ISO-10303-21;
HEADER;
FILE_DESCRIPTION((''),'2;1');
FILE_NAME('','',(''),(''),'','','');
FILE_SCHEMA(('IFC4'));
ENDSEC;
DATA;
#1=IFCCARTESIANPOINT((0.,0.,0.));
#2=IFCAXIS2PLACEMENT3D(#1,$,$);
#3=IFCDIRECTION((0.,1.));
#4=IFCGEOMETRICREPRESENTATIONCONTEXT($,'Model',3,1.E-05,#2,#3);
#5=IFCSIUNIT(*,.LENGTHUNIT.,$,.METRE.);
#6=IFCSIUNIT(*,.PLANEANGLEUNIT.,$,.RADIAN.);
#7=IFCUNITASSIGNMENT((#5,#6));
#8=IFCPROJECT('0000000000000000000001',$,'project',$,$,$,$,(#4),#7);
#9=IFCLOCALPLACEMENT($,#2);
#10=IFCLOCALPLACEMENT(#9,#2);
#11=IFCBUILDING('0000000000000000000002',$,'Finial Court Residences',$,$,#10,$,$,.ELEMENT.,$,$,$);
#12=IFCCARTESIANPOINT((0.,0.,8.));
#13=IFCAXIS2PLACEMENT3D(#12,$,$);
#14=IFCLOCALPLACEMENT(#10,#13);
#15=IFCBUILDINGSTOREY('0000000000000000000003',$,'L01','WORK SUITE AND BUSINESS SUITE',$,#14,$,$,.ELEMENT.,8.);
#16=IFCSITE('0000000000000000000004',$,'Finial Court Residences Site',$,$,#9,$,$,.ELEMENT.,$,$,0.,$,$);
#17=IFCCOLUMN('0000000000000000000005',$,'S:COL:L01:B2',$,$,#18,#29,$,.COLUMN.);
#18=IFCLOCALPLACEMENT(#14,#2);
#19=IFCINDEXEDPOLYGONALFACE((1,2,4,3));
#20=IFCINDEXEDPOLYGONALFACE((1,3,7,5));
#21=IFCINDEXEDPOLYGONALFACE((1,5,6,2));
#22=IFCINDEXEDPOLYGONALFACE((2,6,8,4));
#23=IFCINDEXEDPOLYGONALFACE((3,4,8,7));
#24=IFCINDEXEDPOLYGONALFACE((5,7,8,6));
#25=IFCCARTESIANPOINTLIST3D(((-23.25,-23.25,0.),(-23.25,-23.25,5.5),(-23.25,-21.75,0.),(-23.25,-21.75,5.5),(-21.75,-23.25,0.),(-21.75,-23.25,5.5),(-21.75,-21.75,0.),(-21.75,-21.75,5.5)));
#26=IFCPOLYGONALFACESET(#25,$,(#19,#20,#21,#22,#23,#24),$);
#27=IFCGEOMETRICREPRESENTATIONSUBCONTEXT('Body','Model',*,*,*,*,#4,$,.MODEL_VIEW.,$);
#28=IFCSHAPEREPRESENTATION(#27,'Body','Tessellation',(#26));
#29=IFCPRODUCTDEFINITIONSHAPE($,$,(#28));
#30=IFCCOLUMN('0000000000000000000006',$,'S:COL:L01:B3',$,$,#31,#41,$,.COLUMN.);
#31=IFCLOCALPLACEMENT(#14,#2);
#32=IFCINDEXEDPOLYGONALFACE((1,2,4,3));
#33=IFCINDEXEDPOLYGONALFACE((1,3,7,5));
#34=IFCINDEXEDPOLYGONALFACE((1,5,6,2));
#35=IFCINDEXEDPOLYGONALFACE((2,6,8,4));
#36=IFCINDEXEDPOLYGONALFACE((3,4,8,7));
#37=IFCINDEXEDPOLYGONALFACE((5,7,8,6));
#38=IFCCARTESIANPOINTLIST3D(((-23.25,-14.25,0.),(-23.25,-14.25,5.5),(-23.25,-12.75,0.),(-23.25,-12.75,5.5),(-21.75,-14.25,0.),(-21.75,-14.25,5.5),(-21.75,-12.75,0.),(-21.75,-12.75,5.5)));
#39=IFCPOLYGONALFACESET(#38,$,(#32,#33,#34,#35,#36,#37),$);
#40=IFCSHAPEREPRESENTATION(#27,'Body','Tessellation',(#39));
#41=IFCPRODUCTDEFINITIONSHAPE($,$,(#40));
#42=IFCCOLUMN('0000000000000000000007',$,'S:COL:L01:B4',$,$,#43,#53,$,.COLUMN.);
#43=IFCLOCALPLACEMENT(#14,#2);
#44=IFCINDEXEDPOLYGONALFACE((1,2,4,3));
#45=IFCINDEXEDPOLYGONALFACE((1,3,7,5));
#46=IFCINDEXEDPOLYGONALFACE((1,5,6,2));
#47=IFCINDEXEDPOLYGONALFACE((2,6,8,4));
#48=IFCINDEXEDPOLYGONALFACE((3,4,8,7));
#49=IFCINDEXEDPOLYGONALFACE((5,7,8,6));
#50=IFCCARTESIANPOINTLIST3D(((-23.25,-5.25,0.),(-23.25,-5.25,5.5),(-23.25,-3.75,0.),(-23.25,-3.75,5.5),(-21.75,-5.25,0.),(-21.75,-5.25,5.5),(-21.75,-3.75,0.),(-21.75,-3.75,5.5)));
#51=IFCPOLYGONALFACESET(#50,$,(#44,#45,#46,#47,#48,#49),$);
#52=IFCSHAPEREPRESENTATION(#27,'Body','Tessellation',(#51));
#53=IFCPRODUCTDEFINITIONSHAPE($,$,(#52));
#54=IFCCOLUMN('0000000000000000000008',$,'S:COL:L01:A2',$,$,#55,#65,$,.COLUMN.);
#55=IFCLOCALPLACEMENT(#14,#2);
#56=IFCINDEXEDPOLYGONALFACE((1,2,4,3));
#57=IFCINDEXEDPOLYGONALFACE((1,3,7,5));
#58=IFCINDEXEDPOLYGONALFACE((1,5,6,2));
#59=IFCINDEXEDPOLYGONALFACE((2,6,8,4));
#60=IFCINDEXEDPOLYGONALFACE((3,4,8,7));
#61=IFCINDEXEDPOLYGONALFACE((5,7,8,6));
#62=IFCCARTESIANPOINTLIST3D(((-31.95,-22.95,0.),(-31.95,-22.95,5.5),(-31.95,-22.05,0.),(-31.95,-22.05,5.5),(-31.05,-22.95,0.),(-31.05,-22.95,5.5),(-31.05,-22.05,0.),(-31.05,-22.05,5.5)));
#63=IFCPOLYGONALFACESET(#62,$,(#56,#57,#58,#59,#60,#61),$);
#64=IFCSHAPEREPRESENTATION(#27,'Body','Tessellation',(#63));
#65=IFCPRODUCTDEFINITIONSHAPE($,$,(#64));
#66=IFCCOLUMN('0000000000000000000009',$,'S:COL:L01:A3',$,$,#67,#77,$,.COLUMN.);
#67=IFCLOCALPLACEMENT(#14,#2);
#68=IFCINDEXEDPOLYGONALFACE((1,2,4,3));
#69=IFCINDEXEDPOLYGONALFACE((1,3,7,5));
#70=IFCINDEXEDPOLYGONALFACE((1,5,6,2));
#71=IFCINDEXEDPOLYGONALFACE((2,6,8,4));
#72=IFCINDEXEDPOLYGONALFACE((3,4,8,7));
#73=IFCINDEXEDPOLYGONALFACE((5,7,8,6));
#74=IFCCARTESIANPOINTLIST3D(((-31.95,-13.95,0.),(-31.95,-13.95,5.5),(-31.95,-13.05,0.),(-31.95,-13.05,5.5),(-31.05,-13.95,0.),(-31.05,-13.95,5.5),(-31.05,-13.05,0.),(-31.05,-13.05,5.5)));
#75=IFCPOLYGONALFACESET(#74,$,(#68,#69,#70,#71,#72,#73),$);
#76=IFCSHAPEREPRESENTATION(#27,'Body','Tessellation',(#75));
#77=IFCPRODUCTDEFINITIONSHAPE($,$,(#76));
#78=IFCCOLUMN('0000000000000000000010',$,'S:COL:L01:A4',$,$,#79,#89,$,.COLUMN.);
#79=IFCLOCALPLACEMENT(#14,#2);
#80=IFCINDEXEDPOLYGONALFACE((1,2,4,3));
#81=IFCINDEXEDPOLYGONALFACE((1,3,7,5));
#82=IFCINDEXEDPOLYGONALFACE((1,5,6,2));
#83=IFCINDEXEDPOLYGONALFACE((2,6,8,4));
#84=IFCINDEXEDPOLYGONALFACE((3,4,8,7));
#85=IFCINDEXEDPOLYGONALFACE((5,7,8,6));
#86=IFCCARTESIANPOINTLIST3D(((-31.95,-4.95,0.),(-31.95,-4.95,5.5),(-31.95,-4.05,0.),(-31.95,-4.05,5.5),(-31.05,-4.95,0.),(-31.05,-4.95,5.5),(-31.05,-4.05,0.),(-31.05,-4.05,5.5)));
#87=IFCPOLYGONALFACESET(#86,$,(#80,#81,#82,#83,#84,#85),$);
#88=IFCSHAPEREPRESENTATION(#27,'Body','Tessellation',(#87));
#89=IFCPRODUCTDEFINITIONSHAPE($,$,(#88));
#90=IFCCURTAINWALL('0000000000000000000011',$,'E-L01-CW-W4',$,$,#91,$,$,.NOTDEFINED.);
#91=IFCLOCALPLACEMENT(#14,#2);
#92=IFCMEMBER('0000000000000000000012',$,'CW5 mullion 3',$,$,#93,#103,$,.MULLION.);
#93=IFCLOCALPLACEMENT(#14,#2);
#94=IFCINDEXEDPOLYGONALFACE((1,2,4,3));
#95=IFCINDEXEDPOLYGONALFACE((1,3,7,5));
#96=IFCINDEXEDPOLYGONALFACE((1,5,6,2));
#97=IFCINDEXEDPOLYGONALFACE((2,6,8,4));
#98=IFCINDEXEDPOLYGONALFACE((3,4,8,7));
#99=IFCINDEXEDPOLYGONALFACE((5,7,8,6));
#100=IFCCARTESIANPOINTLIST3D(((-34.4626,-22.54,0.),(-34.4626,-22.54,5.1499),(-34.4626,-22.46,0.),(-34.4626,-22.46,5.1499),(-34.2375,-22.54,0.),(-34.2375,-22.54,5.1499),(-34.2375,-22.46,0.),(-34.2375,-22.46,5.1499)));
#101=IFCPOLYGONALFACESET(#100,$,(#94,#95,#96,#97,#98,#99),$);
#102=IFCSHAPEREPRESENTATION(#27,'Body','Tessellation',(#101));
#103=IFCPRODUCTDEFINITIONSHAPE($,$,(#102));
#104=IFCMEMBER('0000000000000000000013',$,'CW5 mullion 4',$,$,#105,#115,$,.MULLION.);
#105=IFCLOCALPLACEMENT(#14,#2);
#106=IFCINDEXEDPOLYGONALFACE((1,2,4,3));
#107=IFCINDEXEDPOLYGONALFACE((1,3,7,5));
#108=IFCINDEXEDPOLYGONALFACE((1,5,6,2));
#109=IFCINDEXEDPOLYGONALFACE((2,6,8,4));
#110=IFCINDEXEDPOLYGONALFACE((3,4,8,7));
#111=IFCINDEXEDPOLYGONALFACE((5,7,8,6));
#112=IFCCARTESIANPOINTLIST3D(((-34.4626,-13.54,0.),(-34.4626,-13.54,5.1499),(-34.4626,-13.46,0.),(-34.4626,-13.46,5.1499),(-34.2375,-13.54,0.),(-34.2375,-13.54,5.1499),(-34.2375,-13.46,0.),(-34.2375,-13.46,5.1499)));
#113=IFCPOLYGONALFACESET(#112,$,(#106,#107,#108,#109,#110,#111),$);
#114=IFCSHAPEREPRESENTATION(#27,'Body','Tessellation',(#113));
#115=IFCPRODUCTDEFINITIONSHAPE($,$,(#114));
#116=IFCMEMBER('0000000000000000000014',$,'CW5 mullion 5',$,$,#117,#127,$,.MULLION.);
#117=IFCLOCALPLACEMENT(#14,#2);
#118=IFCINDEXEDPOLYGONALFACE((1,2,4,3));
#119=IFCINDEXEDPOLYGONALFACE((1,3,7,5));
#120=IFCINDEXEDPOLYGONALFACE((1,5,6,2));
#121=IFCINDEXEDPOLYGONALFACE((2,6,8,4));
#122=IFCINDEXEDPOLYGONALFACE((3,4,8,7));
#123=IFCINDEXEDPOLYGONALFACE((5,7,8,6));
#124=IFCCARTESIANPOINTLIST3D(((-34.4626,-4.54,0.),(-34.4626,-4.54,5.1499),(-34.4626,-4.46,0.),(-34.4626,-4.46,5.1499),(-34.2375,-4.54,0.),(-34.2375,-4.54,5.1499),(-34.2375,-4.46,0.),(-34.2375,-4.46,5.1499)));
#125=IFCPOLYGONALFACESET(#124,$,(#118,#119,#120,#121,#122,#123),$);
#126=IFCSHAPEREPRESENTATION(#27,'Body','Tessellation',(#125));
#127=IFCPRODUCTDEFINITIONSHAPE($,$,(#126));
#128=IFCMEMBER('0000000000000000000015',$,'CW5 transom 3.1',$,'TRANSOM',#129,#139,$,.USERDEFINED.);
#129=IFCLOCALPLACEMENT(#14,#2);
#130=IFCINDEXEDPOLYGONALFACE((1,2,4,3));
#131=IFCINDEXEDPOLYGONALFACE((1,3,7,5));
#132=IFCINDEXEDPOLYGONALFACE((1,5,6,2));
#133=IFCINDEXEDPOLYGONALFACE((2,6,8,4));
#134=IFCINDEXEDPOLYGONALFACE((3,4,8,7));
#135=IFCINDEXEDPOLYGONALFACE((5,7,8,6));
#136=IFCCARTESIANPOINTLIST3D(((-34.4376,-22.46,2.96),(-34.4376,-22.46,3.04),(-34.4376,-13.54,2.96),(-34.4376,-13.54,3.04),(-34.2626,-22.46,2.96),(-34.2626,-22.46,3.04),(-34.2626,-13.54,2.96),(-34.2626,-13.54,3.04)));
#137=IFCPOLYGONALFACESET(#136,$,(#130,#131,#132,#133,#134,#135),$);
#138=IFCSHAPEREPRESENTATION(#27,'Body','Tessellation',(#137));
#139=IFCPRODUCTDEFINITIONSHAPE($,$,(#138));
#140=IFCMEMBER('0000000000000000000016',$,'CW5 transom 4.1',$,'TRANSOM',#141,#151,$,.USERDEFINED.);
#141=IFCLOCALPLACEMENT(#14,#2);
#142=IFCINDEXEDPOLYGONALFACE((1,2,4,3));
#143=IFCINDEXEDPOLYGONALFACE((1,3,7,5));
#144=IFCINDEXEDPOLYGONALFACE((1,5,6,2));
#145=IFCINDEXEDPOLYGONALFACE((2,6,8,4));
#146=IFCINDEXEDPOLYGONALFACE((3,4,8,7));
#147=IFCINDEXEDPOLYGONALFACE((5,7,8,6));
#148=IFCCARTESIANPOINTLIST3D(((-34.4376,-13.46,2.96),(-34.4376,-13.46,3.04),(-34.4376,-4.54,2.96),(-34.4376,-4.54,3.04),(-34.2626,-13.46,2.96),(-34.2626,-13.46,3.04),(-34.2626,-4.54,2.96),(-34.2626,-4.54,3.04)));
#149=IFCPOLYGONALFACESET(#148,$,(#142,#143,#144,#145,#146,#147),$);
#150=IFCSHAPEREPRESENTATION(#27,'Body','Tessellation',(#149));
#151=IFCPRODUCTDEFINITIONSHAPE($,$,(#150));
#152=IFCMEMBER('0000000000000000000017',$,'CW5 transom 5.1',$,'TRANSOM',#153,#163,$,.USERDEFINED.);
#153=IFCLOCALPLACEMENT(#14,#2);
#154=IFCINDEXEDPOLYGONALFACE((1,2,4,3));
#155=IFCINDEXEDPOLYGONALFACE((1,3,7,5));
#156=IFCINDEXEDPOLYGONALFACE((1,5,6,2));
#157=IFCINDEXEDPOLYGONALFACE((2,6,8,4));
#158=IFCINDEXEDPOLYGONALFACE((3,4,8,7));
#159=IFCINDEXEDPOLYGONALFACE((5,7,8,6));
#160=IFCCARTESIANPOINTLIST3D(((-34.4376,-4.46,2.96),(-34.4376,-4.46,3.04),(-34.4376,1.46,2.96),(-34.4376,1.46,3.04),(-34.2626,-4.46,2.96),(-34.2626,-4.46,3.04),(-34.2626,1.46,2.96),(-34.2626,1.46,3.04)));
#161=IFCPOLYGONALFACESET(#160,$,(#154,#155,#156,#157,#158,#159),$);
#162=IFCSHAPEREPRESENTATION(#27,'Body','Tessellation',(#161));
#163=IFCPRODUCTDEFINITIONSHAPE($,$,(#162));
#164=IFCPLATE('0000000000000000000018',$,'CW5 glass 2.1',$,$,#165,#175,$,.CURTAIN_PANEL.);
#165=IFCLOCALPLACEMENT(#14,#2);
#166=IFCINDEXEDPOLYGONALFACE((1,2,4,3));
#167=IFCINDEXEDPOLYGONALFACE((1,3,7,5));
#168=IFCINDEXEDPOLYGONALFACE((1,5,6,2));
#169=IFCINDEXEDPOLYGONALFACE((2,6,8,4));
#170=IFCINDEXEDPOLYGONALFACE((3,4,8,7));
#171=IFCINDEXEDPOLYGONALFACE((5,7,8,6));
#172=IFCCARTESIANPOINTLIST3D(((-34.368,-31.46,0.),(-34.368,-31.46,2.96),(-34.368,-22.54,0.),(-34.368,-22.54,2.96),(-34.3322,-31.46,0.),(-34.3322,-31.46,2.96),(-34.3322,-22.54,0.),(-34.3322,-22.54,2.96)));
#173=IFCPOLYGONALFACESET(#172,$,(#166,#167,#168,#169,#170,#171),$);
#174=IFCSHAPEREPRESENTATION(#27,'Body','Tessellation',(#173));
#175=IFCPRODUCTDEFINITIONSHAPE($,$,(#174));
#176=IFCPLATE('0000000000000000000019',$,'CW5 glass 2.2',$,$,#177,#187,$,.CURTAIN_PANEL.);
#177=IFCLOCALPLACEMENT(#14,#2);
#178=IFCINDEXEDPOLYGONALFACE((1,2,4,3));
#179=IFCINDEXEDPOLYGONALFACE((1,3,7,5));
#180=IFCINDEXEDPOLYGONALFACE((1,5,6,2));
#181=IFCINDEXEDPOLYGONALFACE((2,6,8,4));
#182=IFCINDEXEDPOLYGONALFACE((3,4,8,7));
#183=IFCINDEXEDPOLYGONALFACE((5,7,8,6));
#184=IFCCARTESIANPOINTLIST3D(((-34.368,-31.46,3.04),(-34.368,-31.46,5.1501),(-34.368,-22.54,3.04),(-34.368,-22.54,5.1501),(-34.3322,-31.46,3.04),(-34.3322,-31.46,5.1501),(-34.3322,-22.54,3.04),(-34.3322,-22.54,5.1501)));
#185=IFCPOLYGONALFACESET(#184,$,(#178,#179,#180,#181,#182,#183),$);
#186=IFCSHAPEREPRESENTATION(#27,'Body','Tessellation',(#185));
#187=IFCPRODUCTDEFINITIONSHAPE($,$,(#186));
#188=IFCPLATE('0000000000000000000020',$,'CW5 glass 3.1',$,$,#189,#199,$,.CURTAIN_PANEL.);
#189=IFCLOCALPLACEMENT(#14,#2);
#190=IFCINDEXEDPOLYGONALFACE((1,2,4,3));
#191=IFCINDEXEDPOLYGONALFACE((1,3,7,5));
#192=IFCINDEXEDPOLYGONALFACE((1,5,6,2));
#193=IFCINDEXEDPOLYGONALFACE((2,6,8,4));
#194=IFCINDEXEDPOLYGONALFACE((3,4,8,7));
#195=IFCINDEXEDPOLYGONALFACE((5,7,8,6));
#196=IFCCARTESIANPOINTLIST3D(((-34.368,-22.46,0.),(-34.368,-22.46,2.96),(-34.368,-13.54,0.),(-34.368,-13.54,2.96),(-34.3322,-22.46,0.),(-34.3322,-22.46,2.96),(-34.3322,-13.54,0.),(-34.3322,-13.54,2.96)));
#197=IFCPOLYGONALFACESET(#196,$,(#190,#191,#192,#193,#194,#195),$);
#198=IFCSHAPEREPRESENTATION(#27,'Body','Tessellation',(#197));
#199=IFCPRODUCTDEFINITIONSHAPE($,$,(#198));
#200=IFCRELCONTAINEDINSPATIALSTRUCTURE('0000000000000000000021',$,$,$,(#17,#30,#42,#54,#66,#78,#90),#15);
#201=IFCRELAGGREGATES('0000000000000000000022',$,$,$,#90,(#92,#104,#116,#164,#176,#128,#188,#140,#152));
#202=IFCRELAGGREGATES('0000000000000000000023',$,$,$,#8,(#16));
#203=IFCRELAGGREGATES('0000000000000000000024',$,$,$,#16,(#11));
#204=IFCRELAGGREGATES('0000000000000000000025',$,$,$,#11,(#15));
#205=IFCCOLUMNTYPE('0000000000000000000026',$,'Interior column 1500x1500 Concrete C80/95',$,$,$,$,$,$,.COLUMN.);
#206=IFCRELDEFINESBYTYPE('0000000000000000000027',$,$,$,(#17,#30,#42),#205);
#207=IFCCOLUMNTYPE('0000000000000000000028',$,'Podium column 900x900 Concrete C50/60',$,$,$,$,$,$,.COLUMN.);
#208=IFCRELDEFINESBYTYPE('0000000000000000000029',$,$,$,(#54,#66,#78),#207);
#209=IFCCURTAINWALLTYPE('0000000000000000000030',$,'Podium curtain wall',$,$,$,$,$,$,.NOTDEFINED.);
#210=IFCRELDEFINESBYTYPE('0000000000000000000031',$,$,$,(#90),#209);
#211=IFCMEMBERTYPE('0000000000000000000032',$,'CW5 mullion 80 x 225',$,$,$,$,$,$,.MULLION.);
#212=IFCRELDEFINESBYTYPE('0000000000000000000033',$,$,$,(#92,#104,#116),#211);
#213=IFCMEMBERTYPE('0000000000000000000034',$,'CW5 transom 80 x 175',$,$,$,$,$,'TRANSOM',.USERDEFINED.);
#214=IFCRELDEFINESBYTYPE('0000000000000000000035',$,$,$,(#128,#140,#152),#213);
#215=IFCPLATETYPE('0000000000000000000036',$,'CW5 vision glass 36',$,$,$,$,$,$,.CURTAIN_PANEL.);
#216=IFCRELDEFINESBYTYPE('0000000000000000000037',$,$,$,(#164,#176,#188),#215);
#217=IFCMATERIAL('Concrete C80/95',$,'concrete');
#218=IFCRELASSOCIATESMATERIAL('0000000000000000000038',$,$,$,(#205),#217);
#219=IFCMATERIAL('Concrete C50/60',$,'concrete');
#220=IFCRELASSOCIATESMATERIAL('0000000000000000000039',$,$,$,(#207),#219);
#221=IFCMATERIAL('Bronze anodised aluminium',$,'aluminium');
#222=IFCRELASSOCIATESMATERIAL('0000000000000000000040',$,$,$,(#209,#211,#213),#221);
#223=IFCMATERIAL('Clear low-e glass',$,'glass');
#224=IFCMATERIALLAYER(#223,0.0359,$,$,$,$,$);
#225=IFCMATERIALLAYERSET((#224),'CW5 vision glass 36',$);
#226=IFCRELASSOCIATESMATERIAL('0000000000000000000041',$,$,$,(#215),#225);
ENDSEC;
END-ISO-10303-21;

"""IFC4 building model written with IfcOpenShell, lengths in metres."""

from ifc_helpers import new_model, si_unit, direction, frame, origin, origin_2d, place, context, subcontext, project, spatial, rectangle, extrude, material, layer, layer_set, material_profile, profile_set, type_object, element, aggregate, save


model = new_model("IFC4")

# Units and contexts
model_context = context("Model", 3, precision=1e-05, world=origin(), true_north=direction((0.0, 1.0)))
body_context = subcontext(model_context, "Body", "Model", "MODEL_VIEW")
ifc_project = project(units=[si_unit("LENGTHUNIT", "METRE"), si_unit("PLANEANGLEUNIT", "RADIAN")], contexts=[model_context])

# Site, building, storey
site_placement = place(None, origin())
site = spatial("IfcSite", under=ifc_project, at=site_placement, Name="Finial Court Residences Site", CompositionType="ELEMENT", RefElevation=0.0)
building_placement = place(site_placement, origin())
building = spatial("IfcBuilding", under=site, at=building_placement, Name="Finial Court Residences", CompositionType="ELEMENT")
storey_placement = place(building_placement, frame((0.0, 0.0, 8.0)))
storey = spatial("IfcBuildingStorey", under=building, at=storey_placement, Name="L01", Description="WORK SUITE AND BUSINESS SUITE", CompositionType="ELEMENT", Elevation=8.0)

# Columns
ifc_material_1 = material(Name="Concrete C80/95", Category="concrete")
ifc_material_profile_1 = material_profile(ifc_material_1, rectangle(XDim=1.5, YDim=1.5, at=origin_2d()), Name="1500x1500")
ifc_profile_set_1 = profile_set([ifc_material_profile_1], Name="Concrete C80/95")
column_type_1 = type_object("IfcColumnType", Name="Interior column 1500x1500 Concrete C80/95", PredefinedType="COLUMN", material=ifc_profile_set_1)
for number, where, z_axis, x_axis, name in (
    (1, (-22.5, -22.5, 0.0), (0.0, 0.0, 1.0), (1.0, 0.0, 0.0), "S:COL:L01:B2"),
    (2, (-22.5, -13.5, 0.0), (0.0, 0.0, 1.0), (1.0, 0.0, 0.0), "S:COL:L01:B3"),
    (3, (-22.5, -4.5, 0.0), (0.0, 0.0, 1.0), (1.0, 0.0, 0.0), "S:COL:L01:B4"),
):
    element("IfcColumn", number, at=place(storey_placement, frame(where, z_axis=z_axis, x_axis=x_axis)), inside=storey, type_object=column_type_1, Name=name, PredefinedType="COLUMN", context=body_context, shape_type="SweptSolid", body=[
        extrude(rectangle(XDim=1.5, YDim=1.5, at=origin_2d()), origin(), (0.0, 0.0, 1.0), 5.5),
    ])
ifc_material_2 = material(Name="Concrete C50/60", Category="concrete")
ifc_material_profile_2 = material_profile(ifc_material_2, rectangle(XDim=0.8999, YDim=0.8999, at=origin_2d()), Name="900x900")
ifc_profile_set_2 = profile_set([ifc_material_profile_2], Name="Concrete C50/60")
column_type_2 = type_object("IfcColumnType", Name="Podium column 900x900 Concrete C50/60", PredefinedType="COLUMN", material=ifc_profile_set_2)
for number, where, z_axis, x_axis, name in (
    (4, (-31.5, -22.5, 0.0), (0.0, 0.0, 1.0), (1.0, 0.0, 0.0), "S:COL:L01:A2"),
    (5, (-31.5, -13.5, 0.0), (0.0, 0.0, 1.0), (1.0, 0.0, 0.0), "S:COL:L01:A3"),
    (6, (-31.5, -4.5, 0.0), (0.0, 0.0, 1.0), (1.0, 0.0, 0.0), "S:COL:L01:A4"),
):
    element("IfcColumn", number, at=place(storey_placement, frame(where, z_axis=z_axis, x_axis=x_axis)), inside=storey, type_object=column_type_2, Name=name, PredefinedType="COLUMN", context=body_context, shape_type="SweptSolid", body=[
        extrude(rectangle(XDim=0.8999, YDim=0.8999, at=origin_2d()), origin(), (0.0, 0.0, 1.0), 5.5),
    ])

# Curtain wall, members, plates
ifc_material_3 = material(Name="Bronze anodised aluminium", Category="aluminium")
curtain_wall_type = type_object("IfcCurtainWallType", Name="Podium curtain wall", PredefinedType="NOTDEFINED", material=ifc_material_3)
curtain_wall_placement = place(storey_placement, origin())
curtain_wall = element("IfcCurtainWall", 7, at=curtain_wall_placement, inside=storey, type_object=curtain_wall_type, Name="E-L01-CW-W4", PredefinedType="NOTDEFINED")
ifc_material_profile_3 = material_profile(ifc_material_3, rectangle(XDim=0.2251, YDim=0.0801, at=origin_2d()), Name="CW5 mullion 80 x 225")
ifc_profile_set_3 = profile_set([ifc_material_profile_3], Name="Bronze anodised aluminium")
member_type_1 = type_object("IfcMemberType", Name="CW5 mullion 80 x 225", PredefinedType="MULLION", material=ifc_profile_set_3)
member_1_placement = place(storey_placement, frame((-34.3501, -22.5, 0.0), z_axis=(0.0, 0.0, 1.0), x_axis=(-1.0, 0.0, 0.0)))
member_1 = element("IfcMember", 8, at=member_1_placement, type_object=member_type_1, Name="CW5 mullion 3", PredefinedType="MULLION", context=body_context, shape_type="SweptSolid", body=[
    extrude(rectangle(XDim=0.2251, YDim=0.0801, at=origin_2d()), origin(), (0.0, 0.0, 1.0), 5.1499),
])
member_2_placement = place(storey_placement, frame((-34.3501, -13.5, 0.0), z_axis=(0.0, 0.0, 1.0), x_axis=(-1.0, 0.0, 0.0)))
member_2 = element("IfcMember", 9, at=member_2_placement, type_object=member_type_1, Name="CW5 mullion 4", PredefinedType="MULLION", context=body_context, shape_type="SweptSolid", body=[
    extrude(rectangle(XDim=0.2251, YDim=0.0801, at=origin_2d()), origin(), (0.0, 0.0, 1.0), 5.1499),
])
member_3_placement = place(storey_placement, frame((-34.3501, -4.5, 0.0), z_axis=(0.0, 0.0, 1.0), x_axis=(-1.0, 0.0, 0.0)))
member_3 = element("IfcMember", 10, at=member_3_placement, type_object=member_type_1, Name="CW5 mullion 5", PredefinedType="MULLION", context=body_context, shape_type="SweptSolid", body=[
    extrude(rectangle(XDim=0.2251, YDim=0.0801, at=origin_2d()), origin(), (0.0, 0.0, 1.0), 5.1499),
])
ifc_material_profile_4 = material_profile(ifc_material_3, rectangle(XDim=0.175, YDim=0.0801, at=origin_2d()), Name="CW5 transom 80 x 175")
ifc_profile_set_4 = profile_set([ifc_material_profile_4], Name="Bronze anodised aluminium")
member_type_2 = type_object("IfcMemberType", Name="CW5 transom 80 x 175", ElementType="TRANSOM", PredefinedType="USERDEFINED", material=ifc_profile_set_4)
member_4_placement = place(storey_placement, frame((-34.3501, -22.46, 3.0), z_axis=(0.0, 1.0, 0.0), x_axis=(-1.0, 0.0, 0.0)))
member_4 = element("IfcMember", 11, at=member_4_placement, type_object=member_type_2, Name="CW5 transom 3.1", ObjectType="TRANSOM", PredefinedType="USERDEFINED", context=body_context, shape_type="SweptSolid", body=[
    extrude(rectangle(XDim=0.175, YDim=0.0801, at=origin_2d()), origin(), (0.0, 0.0, 1.0), 8.9199),
])
member_5_placement = place(storey_placement, frame((-34.3501, -13.46, 3.0), z_axis=(0.0, 1.0, 0.0), x_axis=(-1.0, 0.0, 0.0)))
member_5 = element("IfcMember", 12, at=member_5_placement, type_object=member_type_2, Name="CW5 transom 4.1", ObjectType="TRANSOM", PredefinedType="USERDEFINED", context=body_context, shape_type="SweptSolid", body=[
    extrude(rectangle(XDim=0.175, YDim=0.0801, at=origin_2d()), origin(), (0.0, 0.0, 1.0), 8.9199),
])
member_6_placement = place(storey_placement, frame((-34.3501, -4.46, 3.0), z_axis=(0.0, 1.0, 0.0), x_axis=(-1.0, 0.0, 0.0)))
member_6 = element("IfcMember", 13, at=member_6_placement, type_object=member_type_2, Name="CW5 transom 5.1", ObjectType="TRANSOM", PredefinedType="USERDEFINED", context=body_context, shape_type="SweptSolid", body=[
    extrude(rectangle(XDim=0.175, YDim=0.0801, at=origin_2d()), origin(), (0.0, 0.0, 1.0), 5.9199),
])
ifc_material_4 = material(Name="Clear low-e glass", Category="glass")
ifc_layer_1 = layer(ifc_material_4, 0.0359)
ifc_layer_set_1 = layer_set([ifc_layer_1], Name="CW5 vision glass 36")
plate_type = type_object("IfcPlateType", Name="CW5 vision glass 36", PredefinedType="CURTAIN_PANEL", material=ifc_layer_set_1)
plate_1_placement = place(storey_placement, frame((-34.3501, -27.0, 0.0), z_axis=(0.0, 0.0, 1.0), x_axis=(0.0, 1.0, 0.0)))
plate_1 = element("IfcPlate", 14, at=plate_1_placement, type_object=plate_type, Name="CW5 glass 2.1", PredefinedType="CURTAIN_PANEL", context=body_context, shape_type="SweptSolid", body=[
    extrude(rectangle(XDim=8.9199, YDim=0.0359, at=origin_2d()), origin(), (0.0, 0.0, 1.0), 2.96),
])
plate_2_placement = place(storey_placement, frame((-34.3501, -27.0, 3.04), z_axis=(0.0, 0.0, 1.0), x_axis=(0.0, 1.0, 0.0)))
plate_2 = element("IfcPlate", 15, at=plate_2_placement, type_object=plate_type, Name="CW5 glass 2.2", PredefinedType="CURTAIN_PANEL", context=body_context, shape_type="SweptSolid", body=[
    extrude(rectangle(XDim=8.9199, YDim=0.0359, at=origin_2d()), origin(), (0.0, 0.0, 1.0), 2.1101),
])
plate_3_placement = place(storey_placement, frame((-34.3501, -18.0, 0.0), z_axis=(0.0, 0.0, 1.0), x_axis=(0.0, 1.0, 0.0)))
plate_3 = element("IfcPlate", 16, at=plate_3_placement, type_object=plate_type, Name="CW5 glass 3.1", PredefinedType="CURTAIN_PANEL", context=body_context, shape_type="SweptSolid", body=[
    extrude(rectangle(XDim=8.9199, YDim=0.0359, at=origin_2d()), origin(), (0.0, 0.0, 1.0), 2.96),
])
aggregate(curtain_wall, [member_1, member_2, member_3, plate_1, plate_2, member_4, plate_3, member_5, member_6])

save(model, "model.ifc")
